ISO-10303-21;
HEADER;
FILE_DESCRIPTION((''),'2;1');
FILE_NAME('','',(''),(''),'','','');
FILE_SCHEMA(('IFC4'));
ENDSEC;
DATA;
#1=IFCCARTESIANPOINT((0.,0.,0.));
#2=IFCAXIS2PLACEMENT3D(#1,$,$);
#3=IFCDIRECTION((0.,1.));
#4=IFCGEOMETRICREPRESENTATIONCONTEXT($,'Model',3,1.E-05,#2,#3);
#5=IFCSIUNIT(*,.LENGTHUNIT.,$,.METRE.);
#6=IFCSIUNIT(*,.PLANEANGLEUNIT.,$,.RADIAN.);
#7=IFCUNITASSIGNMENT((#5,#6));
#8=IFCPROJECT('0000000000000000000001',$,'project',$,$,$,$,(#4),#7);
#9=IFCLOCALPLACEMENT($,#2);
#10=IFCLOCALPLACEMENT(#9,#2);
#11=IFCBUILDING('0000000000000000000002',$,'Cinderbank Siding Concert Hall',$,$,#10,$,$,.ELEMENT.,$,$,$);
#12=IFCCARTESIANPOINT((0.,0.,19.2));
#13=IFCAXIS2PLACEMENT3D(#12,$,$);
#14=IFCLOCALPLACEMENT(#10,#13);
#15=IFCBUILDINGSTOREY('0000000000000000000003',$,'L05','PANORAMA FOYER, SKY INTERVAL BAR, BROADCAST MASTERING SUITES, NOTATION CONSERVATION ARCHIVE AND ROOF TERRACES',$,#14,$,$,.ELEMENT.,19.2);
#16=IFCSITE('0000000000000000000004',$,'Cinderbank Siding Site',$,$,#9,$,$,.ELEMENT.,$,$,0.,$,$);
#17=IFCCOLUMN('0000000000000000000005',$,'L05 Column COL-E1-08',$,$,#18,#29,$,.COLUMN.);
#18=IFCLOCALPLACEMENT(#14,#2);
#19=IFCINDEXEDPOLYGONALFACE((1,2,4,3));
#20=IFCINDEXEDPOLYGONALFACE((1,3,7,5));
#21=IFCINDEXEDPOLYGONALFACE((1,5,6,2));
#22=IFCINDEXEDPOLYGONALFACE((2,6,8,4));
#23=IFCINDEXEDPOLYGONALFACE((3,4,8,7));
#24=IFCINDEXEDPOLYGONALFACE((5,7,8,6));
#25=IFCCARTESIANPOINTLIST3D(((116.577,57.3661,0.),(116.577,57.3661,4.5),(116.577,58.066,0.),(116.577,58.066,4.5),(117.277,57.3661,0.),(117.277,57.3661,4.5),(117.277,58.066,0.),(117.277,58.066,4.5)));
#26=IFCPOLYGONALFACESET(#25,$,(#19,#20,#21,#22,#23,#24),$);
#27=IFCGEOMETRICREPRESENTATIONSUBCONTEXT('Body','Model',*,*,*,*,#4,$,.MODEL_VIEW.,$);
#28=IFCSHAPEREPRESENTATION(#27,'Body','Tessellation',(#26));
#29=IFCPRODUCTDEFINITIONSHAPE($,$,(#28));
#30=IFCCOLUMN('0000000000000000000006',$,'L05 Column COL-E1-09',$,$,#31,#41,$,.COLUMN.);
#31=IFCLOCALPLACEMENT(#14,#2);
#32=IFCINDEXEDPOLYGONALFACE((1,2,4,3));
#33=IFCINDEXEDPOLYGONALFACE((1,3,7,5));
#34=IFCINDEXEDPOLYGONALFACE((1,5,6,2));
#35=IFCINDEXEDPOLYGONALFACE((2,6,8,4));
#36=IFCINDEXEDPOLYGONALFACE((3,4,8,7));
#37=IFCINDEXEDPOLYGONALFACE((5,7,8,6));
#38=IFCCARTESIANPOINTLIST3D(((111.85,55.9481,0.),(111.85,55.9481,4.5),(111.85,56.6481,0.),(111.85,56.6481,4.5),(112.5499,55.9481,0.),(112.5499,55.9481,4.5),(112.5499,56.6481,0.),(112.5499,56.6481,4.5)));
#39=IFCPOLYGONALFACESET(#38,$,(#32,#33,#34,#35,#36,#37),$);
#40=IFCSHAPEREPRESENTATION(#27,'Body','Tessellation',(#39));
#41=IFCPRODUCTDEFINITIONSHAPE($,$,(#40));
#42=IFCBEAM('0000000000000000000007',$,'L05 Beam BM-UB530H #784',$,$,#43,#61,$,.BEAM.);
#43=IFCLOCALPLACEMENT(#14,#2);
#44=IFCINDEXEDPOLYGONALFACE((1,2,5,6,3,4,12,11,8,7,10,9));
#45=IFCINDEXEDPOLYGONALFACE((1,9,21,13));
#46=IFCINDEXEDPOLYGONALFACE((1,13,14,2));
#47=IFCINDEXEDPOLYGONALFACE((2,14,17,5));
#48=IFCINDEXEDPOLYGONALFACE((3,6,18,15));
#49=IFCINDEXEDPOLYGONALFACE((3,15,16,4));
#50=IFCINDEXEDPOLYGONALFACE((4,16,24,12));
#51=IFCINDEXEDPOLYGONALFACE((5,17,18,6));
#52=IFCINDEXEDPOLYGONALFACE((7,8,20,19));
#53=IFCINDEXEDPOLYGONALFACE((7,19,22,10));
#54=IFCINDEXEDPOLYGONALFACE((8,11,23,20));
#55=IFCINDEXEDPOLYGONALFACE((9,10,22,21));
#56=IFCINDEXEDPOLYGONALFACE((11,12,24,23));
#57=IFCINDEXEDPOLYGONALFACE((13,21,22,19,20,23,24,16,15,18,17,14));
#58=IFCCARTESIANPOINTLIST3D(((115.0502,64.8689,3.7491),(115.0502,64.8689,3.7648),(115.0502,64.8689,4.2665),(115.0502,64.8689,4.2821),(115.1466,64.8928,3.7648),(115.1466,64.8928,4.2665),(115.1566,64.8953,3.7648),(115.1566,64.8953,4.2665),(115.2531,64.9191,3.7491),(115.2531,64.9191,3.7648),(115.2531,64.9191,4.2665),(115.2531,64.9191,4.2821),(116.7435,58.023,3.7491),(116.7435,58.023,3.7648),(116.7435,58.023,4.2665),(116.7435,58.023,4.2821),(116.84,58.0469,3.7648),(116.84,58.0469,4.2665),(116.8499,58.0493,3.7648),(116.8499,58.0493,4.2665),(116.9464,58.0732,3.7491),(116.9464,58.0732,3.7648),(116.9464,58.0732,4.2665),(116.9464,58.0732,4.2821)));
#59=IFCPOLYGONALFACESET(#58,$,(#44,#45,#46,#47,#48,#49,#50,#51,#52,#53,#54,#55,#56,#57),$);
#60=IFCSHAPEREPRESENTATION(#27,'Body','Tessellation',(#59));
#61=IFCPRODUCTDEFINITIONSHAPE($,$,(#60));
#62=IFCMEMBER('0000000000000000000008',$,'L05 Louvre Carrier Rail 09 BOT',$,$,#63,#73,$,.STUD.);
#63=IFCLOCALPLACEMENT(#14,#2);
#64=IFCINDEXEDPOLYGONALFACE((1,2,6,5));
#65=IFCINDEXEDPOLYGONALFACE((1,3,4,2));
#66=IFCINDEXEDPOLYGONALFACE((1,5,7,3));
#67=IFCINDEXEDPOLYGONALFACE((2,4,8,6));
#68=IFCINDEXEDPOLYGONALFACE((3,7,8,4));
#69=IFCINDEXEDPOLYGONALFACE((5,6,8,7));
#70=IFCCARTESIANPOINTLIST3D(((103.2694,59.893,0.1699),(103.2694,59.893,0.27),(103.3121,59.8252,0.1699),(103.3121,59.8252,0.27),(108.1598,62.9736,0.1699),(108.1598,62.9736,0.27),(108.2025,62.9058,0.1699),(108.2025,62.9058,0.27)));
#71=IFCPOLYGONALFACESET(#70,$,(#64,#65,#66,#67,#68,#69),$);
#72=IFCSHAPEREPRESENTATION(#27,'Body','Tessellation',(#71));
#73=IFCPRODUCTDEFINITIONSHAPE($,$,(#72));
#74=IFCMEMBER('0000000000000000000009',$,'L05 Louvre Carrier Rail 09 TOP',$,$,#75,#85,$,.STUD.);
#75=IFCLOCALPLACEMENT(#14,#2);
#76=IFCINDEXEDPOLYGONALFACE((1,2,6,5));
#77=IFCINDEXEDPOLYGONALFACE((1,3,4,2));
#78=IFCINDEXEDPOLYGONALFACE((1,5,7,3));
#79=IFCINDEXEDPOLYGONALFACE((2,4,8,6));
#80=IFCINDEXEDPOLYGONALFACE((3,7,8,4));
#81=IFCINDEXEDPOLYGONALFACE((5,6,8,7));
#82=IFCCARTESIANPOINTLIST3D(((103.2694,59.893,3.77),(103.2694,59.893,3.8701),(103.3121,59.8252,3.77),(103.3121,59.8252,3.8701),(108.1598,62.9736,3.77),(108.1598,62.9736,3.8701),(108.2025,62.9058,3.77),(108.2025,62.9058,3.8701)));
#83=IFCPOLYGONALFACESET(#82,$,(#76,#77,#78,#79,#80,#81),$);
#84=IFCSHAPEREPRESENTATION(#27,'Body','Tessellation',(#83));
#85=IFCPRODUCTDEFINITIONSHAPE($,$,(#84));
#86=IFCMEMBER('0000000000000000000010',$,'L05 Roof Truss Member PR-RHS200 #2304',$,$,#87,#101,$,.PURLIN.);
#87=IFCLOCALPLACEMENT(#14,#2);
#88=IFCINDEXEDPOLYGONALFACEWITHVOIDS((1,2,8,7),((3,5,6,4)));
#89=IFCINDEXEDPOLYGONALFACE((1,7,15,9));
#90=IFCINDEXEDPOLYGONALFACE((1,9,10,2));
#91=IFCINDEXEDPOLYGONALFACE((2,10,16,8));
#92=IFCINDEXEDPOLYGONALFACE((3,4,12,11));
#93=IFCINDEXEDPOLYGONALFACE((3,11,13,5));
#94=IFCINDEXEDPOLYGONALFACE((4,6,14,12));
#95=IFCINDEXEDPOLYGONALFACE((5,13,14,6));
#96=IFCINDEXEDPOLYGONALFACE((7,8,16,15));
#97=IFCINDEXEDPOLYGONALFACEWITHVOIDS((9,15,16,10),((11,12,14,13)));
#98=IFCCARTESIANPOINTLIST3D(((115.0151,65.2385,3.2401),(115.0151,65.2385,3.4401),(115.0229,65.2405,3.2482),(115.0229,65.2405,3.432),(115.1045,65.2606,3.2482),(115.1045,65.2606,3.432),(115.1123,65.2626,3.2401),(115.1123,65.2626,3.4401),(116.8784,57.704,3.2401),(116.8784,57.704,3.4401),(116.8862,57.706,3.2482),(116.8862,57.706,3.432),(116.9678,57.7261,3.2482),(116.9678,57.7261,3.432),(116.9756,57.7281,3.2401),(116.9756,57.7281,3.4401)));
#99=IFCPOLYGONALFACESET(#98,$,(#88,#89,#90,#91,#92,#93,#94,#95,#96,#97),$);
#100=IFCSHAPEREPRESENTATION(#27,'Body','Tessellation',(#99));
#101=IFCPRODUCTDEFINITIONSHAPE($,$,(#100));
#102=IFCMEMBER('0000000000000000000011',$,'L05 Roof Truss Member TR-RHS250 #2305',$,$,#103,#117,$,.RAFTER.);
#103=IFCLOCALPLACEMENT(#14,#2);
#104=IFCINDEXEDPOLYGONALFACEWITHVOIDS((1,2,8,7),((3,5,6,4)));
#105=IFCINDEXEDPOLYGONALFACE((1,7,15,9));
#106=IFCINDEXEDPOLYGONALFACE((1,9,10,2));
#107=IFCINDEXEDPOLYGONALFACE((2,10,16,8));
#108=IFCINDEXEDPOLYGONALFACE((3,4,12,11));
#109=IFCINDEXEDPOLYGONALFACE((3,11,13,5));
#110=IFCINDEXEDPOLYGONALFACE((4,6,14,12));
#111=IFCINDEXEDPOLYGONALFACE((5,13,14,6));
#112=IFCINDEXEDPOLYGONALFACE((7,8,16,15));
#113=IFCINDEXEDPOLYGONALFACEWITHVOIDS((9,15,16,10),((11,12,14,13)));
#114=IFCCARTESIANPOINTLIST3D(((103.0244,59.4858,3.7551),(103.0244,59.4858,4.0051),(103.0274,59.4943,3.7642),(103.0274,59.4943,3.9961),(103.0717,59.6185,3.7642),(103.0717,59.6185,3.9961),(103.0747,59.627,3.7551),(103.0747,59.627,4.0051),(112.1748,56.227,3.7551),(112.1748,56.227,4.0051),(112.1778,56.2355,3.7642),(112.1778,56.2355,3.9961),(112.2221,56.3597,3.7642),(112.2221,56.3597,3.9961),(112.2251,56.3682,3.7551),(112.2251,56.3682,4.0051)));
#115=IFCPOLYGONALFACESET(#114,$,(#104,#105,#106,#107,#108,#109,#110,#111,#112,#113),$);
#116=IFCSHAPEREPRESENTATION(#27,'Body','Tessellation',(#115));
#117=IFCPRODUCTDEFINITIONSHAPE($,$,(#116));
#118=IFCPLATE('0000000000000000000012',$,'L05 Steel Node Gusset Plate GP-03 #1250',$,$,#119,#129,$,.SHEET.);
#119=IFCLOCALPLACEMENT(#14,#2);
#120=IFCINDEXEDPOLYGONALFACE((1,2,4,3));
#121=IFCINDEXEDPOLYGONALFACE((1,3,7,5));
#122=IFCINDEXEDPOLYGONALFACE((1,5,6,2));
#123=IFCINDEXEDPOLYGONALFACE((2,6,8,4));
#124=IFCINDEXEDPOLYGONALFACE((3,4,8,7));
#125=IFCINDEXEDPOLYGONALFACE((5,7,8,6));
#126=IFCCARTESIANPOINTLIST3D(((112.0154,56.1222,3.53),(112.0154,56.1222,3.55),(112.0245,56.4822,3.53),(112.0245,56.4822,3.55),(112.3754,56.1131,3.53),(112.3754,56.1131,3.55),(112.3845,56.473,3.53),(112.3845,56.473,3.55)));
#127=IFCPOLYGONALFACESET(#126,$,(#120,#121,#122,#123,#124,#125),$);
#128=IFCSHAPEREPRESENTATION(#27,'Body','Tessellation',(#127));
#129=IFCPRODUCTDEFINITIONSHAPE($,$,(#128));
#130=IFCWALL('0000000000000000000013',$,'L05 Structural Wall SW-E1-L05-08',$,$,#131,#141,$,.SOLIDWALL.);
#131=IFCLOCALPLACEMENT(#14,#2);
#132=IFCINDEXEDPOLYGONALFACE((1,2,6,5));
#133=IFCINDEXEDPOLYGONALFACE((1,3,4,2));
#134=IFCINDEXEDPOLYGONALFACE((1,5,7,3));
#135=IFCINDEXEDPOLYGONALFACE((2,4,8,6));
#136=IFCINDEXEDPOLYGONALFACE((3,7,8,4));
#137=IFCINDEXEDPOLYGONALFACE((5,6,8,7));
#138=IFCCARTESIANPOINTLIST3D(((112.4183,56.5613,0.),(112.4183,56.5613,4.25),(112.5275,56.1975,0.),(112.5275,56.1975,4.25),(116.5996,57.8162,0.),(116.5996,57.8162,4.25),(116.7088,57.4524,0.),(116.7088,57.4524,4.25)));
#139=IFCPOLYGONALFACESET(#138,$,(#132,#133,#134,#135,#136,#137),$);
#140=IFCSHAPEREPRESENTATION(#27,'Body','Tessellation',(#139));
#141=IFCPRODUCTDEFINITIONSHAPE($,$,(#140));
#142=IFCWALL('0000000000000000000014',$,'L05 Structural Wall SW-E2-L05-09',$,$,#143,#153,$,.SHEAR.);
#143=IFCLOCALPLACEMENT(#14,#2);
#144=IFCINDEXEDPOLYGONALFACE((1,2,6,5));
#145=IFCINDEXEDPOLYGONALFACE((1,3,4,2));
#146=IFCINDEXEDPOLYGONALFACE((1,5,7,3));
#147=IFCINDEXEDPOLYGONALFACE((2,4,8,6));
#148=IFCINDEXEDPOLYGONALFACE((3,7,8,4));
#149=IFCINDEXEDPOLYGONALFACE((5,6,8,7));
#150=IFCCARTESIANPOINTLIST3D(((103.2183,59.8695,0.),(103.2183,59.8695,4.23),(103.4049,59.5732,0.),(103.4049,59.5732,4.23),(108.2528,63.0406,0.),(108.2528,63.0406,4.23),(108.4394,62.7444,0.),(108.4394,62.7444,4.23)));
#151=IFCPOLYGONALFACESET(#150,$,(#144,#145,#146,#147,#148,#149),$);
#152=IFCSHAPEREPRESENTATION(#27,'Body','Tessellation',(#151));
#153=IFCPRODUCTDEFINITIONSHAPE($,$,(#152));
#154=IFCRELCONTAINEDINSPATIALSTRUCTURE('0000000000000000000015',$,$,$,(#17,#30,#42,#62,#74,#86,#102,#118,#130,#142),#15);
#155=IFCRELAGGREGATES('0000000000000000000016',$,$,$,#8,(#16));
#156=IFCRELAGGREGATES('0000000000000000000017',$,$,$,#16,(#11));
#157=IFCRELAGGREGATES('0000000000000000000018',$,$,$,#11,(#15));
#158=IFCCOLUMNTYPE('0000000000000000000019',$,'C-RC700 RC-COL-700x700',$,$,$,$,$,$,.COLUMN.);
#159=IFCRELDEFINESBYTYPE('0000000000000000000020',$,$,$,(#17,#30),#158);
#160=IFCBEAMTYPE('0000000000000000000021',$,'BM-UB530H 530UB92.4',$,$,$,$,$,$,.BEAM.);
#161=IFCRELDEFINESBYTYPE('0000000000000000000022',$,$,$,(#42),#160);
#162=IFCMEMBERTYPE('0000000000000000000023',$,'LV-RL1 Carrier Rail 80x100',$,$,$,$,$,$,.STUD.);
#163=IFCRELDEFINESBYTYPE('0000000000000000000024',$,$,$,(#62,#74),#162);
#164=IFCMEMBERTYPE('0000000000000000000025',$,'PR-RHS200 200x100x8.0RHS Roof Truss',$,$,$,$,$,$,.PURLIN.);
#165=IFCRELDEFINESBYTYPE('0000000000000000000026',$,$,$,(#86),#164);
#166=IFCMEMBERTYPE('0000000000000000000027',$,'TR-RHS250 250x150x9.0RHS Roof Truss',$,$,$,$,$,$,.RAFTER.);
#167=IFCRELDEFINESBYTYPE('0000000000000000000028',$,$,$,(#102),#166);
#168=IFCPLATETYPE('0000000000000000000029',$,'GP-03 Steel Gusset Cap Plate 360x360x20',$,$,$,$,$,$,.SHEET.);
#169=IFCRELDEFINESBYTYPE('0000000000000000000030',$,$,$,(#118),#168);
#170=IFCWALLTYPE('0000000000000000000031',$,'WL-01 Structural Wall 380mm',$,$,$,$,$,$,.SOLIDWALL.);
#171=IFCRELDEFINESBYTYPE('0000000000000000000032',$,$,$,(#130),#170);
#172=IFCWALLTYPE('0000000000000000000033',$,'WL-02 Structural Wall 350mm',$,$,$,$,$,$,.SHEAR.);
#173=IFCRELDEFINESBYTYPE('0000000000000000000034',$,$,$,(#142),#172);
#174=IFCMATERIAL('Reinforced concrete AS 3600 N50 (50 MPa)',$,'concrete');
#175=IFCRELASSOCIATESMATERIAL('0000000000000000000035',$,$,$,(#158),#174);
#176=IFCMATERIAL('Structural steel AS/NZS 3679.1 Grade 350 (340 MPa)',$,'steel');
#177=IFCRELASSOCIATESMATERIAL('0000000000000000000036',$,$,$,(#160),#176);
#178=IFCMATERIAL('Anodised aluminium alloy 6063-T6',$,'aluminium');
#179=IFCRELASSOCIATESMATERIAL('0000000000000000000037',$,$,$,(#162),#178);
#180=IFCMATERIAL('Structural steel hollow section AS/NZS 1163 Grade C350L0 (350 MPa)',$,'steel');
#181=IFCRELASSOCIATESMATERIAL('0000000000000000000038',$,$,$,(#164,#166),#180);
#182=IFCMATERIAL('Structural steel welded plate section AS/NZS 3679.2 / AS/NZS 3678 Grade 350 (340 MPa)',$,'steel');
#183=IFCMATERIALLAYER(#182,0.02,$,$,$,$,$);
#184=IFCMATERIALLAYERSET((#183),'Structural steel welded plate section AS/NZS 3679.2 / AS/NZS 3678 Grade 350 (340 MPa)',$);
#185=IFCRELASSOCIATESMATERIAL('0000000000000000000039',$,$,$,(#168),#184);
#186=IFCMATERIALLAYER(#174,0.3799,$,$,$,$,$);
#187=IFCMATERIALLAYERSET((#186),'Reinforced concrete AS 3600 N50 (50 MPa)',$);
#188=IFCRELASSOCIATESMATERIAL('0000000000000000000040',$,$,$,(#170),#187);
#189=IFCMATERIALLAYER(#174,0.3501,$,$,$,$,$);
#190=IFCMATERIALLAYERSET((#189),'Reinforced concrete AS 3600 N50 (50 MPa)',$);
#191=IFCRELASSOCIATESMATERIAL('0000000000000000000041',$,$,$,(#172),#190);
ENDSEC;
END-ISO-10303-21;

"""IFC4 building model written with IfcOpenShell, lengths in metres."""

from ifc_helpers import new_model, si_unit, direction, frame, frame_2d, origin, origin_2d, place, context, subcontext, project, spatial, rectangle, hollow_rectangle, i_section, extrude, material, layer, layer_set, material_profile, profile_set, type_object, element, save


model = new_model("IFC4")

# Units and contexts
model_context = context("Model", 3, precision=1e-05, world=origin(), true_north=direction((0.0, 1.0)))
body_context = subcontext(model_context, "Body", "Model", "MODEL_VIEW")
ifc_project = project(units=[si_unit("LENGTHUNIT", "METRE"), si_unit("PLANEANGLEUNIT", "RADIAN")], contexts=[model_context])

# Site, building, storey
site_placement = place(None, origin())
site = spatial("IfcSite", under=ifc_project, at=site_placement, Name="Cinderbank Siding Site", CompositionType="ELEMENT", RefElevation=0.0)
building_placement = place(site_placement, origin())
building = spatial("IfcBuilding", under=site, at=building_placement, Name="Cinderbank Siding Concert Hall", CompositionType="ELEMENT")
storey_placement = place(building_placement, frame((0.0, 0.0, 19.2)))
storey = spatial("IfcBuildingStorey", under=building, at=storey_placement, Name="L05", Description="PANORAMA FOYER, SKY INTERVAL BAR, BROADCAST MASTERING SUITES, NOTATION CONSERVATION ARCHIVE AND ROOF TERRACES", CompositionType="ELEMENT", Elevation=19.2)

# Columns
ifc_material_1 = material(Name="Reinforced concrete AS 3600 N50 (50 MPa)", Category="concrete")
ifc_material_profile_1 = material_profile(ifc_material_1, rectangle(XDim=0.7, YDim=0.7, at=origin_2d()), Name="RC-COL-700x700", Category="LoadBearing")
ifc_profile_set_1 = profile_set([ifc_material_profile_1], Name="Reinforced concrete AS 3600 N50 (50 MPa)")
column_type = type_object("IfcColumnType", Name="C-RC700 RC-COL-700x700", PredefinedType="COLUMN", material=ifc_profile_set_1)
for number, where, z_axis, x_axis, name in (
    (1, (116.927, 57.7161, 0.0), (0.0, 0.0, 1.0), (1.0, 0.0, 0.0), "L05 Column COL-E1-08"),
    (2, (112.2, 56.2981, 0.0), (0.0, 0.0, 1.0), (1.0, 0.0, 0.0), "L05 Column COL-E1-09"),
):
    element("IfcColumn", number, at=place(storey_placement, frame(where, z_axis=z_axis, x_axis=x_axis)), inside=storey, type_object=column_type, Name=name, PredefinedType="COLUMN", context=body_context, shape_type="SweptSolid", body=[
        extrude(rectangle(XDim=0.7, YDim=0.7, at=origin_2d()), origin(), (0.0, 0.0, 1.0), 4.5),
    ])

# Beam
ifc_material_2 = material(Name="Structural steel AS/NZS 3679.1 Grade 350 (340 MPa)", Category="steel")
ifc_material_profile_2 = material_profile(ifc_material_2, i_section(OverallWidth=0.209, OverallDepth=0.533, WebThickness=0.0103, FlangeThickness=0.0156, at=origin_2d()), Name="530UB92.4", Category="LoadBearing")
ifc_profile_set_2 = profile_set([ifc_material_profile_2], Name="Structural steel AS/NZS 3679.1 Grade 350 (340 MPa)")
beam_type = type_object("IfcBeamType", Name="BM-UB530H 530UB92.4", PredefinedType="BEAM", material=ifc_profile_set_2)
beam_placement = place(storey_placement, frame((116.845, 58.0481, 4.0156), z_axis=(-0.240116, 0.970744, 0.0), x_axis=(-0.970744, -0.240116, 0.0)))
element("IfcBeam", 3, at=beam_placement, inside=storey, type_object=beam_type, Name="L05 Beam BM-UB530H #784", PredefinedType="BEAM", context=body_context, shape_type="SweptSolid", body=[
    extrude(i_section(OverallWidth=0.209, OverallDepth=0.533, WebThickness=0.0103, FlangeThickness=0.0156, at=origin_2d()), origin(), (0.0, 0.0, 1.0), 7.0522),
])

# Members
ifc_material_3 = material(Name="Anodised aluminium alloy 6063-T6", Category="aluminium")
ifc_material_profile_3 = material_profile(ifc_material_3, rectangle(XDim=0.0801, YDim=0.1001, at=origin_2d()), Name="ALU-RAIL-80x100", Category="LoadBearing")
ifc_profile_set_3 = profile_set([ifc_material_profile_3], Name="Anodised aluminium alloy 6063-T6")
member_type_1 = type_object("IfcMemberType", Name="LV-RL1 Carrier Rail 80x100", PredefinedType="STUD", material=ifc_profile_set_3)
for number, where, z_axis, x_axis, name in (
    (4, (108.1812, 62.9397, 0.22), (-0.846121, -0.532991, 0.0), (0.532991, -0.846121, 0.0), "L05 Louvre Carrier Rail 09 BOT"),
    (5, (108.1812, 62.9397, 3.8201), (-0.846121, -0.532991, 0.0), (0.532991, -0.846121, 0.0), "L05 Louvre Carrier Rail 09 TOP"),
):
    element("IfcMember", number, at=place(storey_placement, frame(where, z_axis=z_axis, x_axis=x_axis)), inside=storey, type_object=member_type_1, Name=name, PredefinedType="STUD", context=body_context, shape_type="SweptSolid", body=[
        extrude(rectangle(XDim=0.0801, YDim=0.1001, at=origin_2d()), origin(), (0.0, 0.0, 1.0), 5.7798),
    ])
ifc_material_4 = material(Name="Structural steel hollow section AS/NZS 1163 Grade C350L0 (350 MPa)", Category="steel")
ifc_material_profile_4 = material_profile(ifc_material_4, hollow_rectangle(XDim=0.1001, YDim=0.2, WallThickness=0.0081, at=origin_2d()), Name="200x100x8.0RHS", Category="LoadBearing")
ifc_profile_set_4 = profile_set([ifc_material_profile_4], Name="Structural steel hollow section AS/NZS 1163 Grade C350L0 (350 MPa)")
member_type_2 = type_object("IfcMemberType", Name="PR-RHS200 200x100x8.0RHS Roof Truss", PredefinedType="PURLIN", material=ifc_profile_set_4)
member_1_placement = place(storey_placement, frame((116.927, 57.7161, 3.3401), z_axis=(-0.24007, 0.970756, 0.0), x_axis=(-0.970756, -0.24007, 0.0)))
element("IfcMember", 6, at=member_1_placement, inside=storey, type_object=member_type_2, Name="L05 Roof Truss Member PR-RHS200 #2304", PredefinedType="PURLIN", context=body_context, shape_type="SweptSolid", body=[
    extrude(hollow_rectangle(XDim=0.1001, YDim=0.2, WallThickness=0.0081, at=origin_2d()), origin(), (0.0, 0.0, 1.0), 7.7615),
])
ifc_material_profile_5 = material_profile(ifc_material_4, hollow_rectangle(XDim=0.1499, YDim=0.25, WallThickness=0.009, at=origin_2d()), Name="250x150x9.0RHS", Category="LoadBearing")
ifc_profile_set_5 = profile_set([ifc_material_profile_5], Name="Structural steel hollow section AS/NZS 1163 Grade C350L0 (350 MPa)")
member_type_3 = type_object("IfcMemberType", Name="TR-RHS250 250x150x9.0RHS Roof Truss", PredefinedType="RAFTER", material=ifc_profile_set_5)
member_2_placement = place(storey_placement, frame((112.2, 56.2976, 3.8801), z_axis=(-0.942042, 0.335496, 0.0), x_axis=(-0.335496, -0.942042, 0.0)))
element("IfcMember", 7, at=member_2_placement, inside=storey, type_object=member_type_3, Name="L05 Roof Truss Member TR-RHS250 #2305", PredefinedType="RAFTER", context=body_context, shape_type="SweptSolid", body=[
    extrude(hollow_rectangle(XDim=0.1499, YDim=0.25, WallThickness=0.009, at=origin_2d()), origin(), (0.0, 0.0, 1.0), 9.7134),
])

# Plate
ifc_material_5 = material(Name="Structural steel welded plate section AS/NZS 3679.2 / AS/NZS 3678 Grade 350 (340 MPa)", Category="steel")
ifc_layer_1 = layer(ifc_material_5, 0.02)
ifc_layer_set_1 = layer_set([ifc_layer_1], Name="Structural steel welded plate section AS/NZS 3679.2 / AS/NZS 3678 Grade 350 (340 MPa)")
plate_type = type_object("IfcPlateType", Name="GP-03 Steel Gusset Cap Plate 360x360x20", PredefinedType="SHEET", material=ifc_layer_set_1)
plate_placement = place(storey_placement, frame((112.2, 56.2976, 3.53), z_axis=(0.0, 0.0, 1.0), x_axis=(0.025305, 0.99968, 0.0)))
element("IfcPlate", 8, at=plate_placement, inside=storey, type_object=plate_type, Name="L05 Steel Node Gusset Plate GP-03 #1250", PredefinedType="SHEET", context=body_context, shape_type="SweptSolid", body=[
    extrude(rectangle(XDim=0.3601, YDim=0.3601, at=origin_2d()), origin(), (0.0, 0.0, 1.0), 0.02),
])

# Walls
ifc_layer_2 = layer(ifc_material_1, 0.3799)
ifc_layer_set_2 = layer_set([ifc_layer_2], Name="Reinforced concrete AS 3600 N50 (50 MPa)")
wall_type_1 = type_object("IfcWallType", Name="WL-01 Structural Wall 380mm", PredefinedType="SOLIDWALL", material=ifc_layer_set_2)
wall_1_placement = place(storey_placement, frame((116.6541, 57.6343, 0.0), z_axis=(0.0, 0.0, 1.0), x_axis=(-0.957792, -0.287461, 0.0)))
element("IfcWall", 9, at=wall_1_placement, inside=storey, type_object=wall_type_1, Name="L05 Structural Wall SW-E1-L05-08", PredefinedType="SOLIDWALL", context=body_context, shape_type="SweptSolid", body=[
    extrude(rectangle(XDim=4.3655, YDim=0.3799, at=frame_2d((2.1826, 0.0))), origin(), (0.0, 0.0, 1.0), 4.25),
])
ifc_layer_3 = layer(ifc_material_1, 0.3501)
ifc_layer_set_3 = layer_set([ifc_layer_3], Name="Reinforced concrete AS 3600 N50 (50 MPa)")
wall_type_2 = type_object("IfcWallType", Name="WL-02 Structural Wall 350mm", PredefinedType="SHEAR", material=ifc_layer_set_3)
wall_2_placement = place(storey_placement, frame((108.3462, 62.8926, 0.0), z_axis=(0.0, 0.0, 1.0), x_axis=(-0.846133, -0.532972, 0.0)))
element("IfcWall", 10, at=wall_2_placement, inside=storey, type_object=wall_type_2, Name="L05 Structural Wall SW-E2-L05-09", PredefinedType="SHEAR", context=body_context, shape_type="SweptSolid", body=[
    extrude(rectangle(XDim=5.95, YDim=0.3501, at=frame_2d((2.9751, 0.0))), origin(), (0.0, 0.0, 1.0), 4.23),
])

save(model, "model.ifc")
